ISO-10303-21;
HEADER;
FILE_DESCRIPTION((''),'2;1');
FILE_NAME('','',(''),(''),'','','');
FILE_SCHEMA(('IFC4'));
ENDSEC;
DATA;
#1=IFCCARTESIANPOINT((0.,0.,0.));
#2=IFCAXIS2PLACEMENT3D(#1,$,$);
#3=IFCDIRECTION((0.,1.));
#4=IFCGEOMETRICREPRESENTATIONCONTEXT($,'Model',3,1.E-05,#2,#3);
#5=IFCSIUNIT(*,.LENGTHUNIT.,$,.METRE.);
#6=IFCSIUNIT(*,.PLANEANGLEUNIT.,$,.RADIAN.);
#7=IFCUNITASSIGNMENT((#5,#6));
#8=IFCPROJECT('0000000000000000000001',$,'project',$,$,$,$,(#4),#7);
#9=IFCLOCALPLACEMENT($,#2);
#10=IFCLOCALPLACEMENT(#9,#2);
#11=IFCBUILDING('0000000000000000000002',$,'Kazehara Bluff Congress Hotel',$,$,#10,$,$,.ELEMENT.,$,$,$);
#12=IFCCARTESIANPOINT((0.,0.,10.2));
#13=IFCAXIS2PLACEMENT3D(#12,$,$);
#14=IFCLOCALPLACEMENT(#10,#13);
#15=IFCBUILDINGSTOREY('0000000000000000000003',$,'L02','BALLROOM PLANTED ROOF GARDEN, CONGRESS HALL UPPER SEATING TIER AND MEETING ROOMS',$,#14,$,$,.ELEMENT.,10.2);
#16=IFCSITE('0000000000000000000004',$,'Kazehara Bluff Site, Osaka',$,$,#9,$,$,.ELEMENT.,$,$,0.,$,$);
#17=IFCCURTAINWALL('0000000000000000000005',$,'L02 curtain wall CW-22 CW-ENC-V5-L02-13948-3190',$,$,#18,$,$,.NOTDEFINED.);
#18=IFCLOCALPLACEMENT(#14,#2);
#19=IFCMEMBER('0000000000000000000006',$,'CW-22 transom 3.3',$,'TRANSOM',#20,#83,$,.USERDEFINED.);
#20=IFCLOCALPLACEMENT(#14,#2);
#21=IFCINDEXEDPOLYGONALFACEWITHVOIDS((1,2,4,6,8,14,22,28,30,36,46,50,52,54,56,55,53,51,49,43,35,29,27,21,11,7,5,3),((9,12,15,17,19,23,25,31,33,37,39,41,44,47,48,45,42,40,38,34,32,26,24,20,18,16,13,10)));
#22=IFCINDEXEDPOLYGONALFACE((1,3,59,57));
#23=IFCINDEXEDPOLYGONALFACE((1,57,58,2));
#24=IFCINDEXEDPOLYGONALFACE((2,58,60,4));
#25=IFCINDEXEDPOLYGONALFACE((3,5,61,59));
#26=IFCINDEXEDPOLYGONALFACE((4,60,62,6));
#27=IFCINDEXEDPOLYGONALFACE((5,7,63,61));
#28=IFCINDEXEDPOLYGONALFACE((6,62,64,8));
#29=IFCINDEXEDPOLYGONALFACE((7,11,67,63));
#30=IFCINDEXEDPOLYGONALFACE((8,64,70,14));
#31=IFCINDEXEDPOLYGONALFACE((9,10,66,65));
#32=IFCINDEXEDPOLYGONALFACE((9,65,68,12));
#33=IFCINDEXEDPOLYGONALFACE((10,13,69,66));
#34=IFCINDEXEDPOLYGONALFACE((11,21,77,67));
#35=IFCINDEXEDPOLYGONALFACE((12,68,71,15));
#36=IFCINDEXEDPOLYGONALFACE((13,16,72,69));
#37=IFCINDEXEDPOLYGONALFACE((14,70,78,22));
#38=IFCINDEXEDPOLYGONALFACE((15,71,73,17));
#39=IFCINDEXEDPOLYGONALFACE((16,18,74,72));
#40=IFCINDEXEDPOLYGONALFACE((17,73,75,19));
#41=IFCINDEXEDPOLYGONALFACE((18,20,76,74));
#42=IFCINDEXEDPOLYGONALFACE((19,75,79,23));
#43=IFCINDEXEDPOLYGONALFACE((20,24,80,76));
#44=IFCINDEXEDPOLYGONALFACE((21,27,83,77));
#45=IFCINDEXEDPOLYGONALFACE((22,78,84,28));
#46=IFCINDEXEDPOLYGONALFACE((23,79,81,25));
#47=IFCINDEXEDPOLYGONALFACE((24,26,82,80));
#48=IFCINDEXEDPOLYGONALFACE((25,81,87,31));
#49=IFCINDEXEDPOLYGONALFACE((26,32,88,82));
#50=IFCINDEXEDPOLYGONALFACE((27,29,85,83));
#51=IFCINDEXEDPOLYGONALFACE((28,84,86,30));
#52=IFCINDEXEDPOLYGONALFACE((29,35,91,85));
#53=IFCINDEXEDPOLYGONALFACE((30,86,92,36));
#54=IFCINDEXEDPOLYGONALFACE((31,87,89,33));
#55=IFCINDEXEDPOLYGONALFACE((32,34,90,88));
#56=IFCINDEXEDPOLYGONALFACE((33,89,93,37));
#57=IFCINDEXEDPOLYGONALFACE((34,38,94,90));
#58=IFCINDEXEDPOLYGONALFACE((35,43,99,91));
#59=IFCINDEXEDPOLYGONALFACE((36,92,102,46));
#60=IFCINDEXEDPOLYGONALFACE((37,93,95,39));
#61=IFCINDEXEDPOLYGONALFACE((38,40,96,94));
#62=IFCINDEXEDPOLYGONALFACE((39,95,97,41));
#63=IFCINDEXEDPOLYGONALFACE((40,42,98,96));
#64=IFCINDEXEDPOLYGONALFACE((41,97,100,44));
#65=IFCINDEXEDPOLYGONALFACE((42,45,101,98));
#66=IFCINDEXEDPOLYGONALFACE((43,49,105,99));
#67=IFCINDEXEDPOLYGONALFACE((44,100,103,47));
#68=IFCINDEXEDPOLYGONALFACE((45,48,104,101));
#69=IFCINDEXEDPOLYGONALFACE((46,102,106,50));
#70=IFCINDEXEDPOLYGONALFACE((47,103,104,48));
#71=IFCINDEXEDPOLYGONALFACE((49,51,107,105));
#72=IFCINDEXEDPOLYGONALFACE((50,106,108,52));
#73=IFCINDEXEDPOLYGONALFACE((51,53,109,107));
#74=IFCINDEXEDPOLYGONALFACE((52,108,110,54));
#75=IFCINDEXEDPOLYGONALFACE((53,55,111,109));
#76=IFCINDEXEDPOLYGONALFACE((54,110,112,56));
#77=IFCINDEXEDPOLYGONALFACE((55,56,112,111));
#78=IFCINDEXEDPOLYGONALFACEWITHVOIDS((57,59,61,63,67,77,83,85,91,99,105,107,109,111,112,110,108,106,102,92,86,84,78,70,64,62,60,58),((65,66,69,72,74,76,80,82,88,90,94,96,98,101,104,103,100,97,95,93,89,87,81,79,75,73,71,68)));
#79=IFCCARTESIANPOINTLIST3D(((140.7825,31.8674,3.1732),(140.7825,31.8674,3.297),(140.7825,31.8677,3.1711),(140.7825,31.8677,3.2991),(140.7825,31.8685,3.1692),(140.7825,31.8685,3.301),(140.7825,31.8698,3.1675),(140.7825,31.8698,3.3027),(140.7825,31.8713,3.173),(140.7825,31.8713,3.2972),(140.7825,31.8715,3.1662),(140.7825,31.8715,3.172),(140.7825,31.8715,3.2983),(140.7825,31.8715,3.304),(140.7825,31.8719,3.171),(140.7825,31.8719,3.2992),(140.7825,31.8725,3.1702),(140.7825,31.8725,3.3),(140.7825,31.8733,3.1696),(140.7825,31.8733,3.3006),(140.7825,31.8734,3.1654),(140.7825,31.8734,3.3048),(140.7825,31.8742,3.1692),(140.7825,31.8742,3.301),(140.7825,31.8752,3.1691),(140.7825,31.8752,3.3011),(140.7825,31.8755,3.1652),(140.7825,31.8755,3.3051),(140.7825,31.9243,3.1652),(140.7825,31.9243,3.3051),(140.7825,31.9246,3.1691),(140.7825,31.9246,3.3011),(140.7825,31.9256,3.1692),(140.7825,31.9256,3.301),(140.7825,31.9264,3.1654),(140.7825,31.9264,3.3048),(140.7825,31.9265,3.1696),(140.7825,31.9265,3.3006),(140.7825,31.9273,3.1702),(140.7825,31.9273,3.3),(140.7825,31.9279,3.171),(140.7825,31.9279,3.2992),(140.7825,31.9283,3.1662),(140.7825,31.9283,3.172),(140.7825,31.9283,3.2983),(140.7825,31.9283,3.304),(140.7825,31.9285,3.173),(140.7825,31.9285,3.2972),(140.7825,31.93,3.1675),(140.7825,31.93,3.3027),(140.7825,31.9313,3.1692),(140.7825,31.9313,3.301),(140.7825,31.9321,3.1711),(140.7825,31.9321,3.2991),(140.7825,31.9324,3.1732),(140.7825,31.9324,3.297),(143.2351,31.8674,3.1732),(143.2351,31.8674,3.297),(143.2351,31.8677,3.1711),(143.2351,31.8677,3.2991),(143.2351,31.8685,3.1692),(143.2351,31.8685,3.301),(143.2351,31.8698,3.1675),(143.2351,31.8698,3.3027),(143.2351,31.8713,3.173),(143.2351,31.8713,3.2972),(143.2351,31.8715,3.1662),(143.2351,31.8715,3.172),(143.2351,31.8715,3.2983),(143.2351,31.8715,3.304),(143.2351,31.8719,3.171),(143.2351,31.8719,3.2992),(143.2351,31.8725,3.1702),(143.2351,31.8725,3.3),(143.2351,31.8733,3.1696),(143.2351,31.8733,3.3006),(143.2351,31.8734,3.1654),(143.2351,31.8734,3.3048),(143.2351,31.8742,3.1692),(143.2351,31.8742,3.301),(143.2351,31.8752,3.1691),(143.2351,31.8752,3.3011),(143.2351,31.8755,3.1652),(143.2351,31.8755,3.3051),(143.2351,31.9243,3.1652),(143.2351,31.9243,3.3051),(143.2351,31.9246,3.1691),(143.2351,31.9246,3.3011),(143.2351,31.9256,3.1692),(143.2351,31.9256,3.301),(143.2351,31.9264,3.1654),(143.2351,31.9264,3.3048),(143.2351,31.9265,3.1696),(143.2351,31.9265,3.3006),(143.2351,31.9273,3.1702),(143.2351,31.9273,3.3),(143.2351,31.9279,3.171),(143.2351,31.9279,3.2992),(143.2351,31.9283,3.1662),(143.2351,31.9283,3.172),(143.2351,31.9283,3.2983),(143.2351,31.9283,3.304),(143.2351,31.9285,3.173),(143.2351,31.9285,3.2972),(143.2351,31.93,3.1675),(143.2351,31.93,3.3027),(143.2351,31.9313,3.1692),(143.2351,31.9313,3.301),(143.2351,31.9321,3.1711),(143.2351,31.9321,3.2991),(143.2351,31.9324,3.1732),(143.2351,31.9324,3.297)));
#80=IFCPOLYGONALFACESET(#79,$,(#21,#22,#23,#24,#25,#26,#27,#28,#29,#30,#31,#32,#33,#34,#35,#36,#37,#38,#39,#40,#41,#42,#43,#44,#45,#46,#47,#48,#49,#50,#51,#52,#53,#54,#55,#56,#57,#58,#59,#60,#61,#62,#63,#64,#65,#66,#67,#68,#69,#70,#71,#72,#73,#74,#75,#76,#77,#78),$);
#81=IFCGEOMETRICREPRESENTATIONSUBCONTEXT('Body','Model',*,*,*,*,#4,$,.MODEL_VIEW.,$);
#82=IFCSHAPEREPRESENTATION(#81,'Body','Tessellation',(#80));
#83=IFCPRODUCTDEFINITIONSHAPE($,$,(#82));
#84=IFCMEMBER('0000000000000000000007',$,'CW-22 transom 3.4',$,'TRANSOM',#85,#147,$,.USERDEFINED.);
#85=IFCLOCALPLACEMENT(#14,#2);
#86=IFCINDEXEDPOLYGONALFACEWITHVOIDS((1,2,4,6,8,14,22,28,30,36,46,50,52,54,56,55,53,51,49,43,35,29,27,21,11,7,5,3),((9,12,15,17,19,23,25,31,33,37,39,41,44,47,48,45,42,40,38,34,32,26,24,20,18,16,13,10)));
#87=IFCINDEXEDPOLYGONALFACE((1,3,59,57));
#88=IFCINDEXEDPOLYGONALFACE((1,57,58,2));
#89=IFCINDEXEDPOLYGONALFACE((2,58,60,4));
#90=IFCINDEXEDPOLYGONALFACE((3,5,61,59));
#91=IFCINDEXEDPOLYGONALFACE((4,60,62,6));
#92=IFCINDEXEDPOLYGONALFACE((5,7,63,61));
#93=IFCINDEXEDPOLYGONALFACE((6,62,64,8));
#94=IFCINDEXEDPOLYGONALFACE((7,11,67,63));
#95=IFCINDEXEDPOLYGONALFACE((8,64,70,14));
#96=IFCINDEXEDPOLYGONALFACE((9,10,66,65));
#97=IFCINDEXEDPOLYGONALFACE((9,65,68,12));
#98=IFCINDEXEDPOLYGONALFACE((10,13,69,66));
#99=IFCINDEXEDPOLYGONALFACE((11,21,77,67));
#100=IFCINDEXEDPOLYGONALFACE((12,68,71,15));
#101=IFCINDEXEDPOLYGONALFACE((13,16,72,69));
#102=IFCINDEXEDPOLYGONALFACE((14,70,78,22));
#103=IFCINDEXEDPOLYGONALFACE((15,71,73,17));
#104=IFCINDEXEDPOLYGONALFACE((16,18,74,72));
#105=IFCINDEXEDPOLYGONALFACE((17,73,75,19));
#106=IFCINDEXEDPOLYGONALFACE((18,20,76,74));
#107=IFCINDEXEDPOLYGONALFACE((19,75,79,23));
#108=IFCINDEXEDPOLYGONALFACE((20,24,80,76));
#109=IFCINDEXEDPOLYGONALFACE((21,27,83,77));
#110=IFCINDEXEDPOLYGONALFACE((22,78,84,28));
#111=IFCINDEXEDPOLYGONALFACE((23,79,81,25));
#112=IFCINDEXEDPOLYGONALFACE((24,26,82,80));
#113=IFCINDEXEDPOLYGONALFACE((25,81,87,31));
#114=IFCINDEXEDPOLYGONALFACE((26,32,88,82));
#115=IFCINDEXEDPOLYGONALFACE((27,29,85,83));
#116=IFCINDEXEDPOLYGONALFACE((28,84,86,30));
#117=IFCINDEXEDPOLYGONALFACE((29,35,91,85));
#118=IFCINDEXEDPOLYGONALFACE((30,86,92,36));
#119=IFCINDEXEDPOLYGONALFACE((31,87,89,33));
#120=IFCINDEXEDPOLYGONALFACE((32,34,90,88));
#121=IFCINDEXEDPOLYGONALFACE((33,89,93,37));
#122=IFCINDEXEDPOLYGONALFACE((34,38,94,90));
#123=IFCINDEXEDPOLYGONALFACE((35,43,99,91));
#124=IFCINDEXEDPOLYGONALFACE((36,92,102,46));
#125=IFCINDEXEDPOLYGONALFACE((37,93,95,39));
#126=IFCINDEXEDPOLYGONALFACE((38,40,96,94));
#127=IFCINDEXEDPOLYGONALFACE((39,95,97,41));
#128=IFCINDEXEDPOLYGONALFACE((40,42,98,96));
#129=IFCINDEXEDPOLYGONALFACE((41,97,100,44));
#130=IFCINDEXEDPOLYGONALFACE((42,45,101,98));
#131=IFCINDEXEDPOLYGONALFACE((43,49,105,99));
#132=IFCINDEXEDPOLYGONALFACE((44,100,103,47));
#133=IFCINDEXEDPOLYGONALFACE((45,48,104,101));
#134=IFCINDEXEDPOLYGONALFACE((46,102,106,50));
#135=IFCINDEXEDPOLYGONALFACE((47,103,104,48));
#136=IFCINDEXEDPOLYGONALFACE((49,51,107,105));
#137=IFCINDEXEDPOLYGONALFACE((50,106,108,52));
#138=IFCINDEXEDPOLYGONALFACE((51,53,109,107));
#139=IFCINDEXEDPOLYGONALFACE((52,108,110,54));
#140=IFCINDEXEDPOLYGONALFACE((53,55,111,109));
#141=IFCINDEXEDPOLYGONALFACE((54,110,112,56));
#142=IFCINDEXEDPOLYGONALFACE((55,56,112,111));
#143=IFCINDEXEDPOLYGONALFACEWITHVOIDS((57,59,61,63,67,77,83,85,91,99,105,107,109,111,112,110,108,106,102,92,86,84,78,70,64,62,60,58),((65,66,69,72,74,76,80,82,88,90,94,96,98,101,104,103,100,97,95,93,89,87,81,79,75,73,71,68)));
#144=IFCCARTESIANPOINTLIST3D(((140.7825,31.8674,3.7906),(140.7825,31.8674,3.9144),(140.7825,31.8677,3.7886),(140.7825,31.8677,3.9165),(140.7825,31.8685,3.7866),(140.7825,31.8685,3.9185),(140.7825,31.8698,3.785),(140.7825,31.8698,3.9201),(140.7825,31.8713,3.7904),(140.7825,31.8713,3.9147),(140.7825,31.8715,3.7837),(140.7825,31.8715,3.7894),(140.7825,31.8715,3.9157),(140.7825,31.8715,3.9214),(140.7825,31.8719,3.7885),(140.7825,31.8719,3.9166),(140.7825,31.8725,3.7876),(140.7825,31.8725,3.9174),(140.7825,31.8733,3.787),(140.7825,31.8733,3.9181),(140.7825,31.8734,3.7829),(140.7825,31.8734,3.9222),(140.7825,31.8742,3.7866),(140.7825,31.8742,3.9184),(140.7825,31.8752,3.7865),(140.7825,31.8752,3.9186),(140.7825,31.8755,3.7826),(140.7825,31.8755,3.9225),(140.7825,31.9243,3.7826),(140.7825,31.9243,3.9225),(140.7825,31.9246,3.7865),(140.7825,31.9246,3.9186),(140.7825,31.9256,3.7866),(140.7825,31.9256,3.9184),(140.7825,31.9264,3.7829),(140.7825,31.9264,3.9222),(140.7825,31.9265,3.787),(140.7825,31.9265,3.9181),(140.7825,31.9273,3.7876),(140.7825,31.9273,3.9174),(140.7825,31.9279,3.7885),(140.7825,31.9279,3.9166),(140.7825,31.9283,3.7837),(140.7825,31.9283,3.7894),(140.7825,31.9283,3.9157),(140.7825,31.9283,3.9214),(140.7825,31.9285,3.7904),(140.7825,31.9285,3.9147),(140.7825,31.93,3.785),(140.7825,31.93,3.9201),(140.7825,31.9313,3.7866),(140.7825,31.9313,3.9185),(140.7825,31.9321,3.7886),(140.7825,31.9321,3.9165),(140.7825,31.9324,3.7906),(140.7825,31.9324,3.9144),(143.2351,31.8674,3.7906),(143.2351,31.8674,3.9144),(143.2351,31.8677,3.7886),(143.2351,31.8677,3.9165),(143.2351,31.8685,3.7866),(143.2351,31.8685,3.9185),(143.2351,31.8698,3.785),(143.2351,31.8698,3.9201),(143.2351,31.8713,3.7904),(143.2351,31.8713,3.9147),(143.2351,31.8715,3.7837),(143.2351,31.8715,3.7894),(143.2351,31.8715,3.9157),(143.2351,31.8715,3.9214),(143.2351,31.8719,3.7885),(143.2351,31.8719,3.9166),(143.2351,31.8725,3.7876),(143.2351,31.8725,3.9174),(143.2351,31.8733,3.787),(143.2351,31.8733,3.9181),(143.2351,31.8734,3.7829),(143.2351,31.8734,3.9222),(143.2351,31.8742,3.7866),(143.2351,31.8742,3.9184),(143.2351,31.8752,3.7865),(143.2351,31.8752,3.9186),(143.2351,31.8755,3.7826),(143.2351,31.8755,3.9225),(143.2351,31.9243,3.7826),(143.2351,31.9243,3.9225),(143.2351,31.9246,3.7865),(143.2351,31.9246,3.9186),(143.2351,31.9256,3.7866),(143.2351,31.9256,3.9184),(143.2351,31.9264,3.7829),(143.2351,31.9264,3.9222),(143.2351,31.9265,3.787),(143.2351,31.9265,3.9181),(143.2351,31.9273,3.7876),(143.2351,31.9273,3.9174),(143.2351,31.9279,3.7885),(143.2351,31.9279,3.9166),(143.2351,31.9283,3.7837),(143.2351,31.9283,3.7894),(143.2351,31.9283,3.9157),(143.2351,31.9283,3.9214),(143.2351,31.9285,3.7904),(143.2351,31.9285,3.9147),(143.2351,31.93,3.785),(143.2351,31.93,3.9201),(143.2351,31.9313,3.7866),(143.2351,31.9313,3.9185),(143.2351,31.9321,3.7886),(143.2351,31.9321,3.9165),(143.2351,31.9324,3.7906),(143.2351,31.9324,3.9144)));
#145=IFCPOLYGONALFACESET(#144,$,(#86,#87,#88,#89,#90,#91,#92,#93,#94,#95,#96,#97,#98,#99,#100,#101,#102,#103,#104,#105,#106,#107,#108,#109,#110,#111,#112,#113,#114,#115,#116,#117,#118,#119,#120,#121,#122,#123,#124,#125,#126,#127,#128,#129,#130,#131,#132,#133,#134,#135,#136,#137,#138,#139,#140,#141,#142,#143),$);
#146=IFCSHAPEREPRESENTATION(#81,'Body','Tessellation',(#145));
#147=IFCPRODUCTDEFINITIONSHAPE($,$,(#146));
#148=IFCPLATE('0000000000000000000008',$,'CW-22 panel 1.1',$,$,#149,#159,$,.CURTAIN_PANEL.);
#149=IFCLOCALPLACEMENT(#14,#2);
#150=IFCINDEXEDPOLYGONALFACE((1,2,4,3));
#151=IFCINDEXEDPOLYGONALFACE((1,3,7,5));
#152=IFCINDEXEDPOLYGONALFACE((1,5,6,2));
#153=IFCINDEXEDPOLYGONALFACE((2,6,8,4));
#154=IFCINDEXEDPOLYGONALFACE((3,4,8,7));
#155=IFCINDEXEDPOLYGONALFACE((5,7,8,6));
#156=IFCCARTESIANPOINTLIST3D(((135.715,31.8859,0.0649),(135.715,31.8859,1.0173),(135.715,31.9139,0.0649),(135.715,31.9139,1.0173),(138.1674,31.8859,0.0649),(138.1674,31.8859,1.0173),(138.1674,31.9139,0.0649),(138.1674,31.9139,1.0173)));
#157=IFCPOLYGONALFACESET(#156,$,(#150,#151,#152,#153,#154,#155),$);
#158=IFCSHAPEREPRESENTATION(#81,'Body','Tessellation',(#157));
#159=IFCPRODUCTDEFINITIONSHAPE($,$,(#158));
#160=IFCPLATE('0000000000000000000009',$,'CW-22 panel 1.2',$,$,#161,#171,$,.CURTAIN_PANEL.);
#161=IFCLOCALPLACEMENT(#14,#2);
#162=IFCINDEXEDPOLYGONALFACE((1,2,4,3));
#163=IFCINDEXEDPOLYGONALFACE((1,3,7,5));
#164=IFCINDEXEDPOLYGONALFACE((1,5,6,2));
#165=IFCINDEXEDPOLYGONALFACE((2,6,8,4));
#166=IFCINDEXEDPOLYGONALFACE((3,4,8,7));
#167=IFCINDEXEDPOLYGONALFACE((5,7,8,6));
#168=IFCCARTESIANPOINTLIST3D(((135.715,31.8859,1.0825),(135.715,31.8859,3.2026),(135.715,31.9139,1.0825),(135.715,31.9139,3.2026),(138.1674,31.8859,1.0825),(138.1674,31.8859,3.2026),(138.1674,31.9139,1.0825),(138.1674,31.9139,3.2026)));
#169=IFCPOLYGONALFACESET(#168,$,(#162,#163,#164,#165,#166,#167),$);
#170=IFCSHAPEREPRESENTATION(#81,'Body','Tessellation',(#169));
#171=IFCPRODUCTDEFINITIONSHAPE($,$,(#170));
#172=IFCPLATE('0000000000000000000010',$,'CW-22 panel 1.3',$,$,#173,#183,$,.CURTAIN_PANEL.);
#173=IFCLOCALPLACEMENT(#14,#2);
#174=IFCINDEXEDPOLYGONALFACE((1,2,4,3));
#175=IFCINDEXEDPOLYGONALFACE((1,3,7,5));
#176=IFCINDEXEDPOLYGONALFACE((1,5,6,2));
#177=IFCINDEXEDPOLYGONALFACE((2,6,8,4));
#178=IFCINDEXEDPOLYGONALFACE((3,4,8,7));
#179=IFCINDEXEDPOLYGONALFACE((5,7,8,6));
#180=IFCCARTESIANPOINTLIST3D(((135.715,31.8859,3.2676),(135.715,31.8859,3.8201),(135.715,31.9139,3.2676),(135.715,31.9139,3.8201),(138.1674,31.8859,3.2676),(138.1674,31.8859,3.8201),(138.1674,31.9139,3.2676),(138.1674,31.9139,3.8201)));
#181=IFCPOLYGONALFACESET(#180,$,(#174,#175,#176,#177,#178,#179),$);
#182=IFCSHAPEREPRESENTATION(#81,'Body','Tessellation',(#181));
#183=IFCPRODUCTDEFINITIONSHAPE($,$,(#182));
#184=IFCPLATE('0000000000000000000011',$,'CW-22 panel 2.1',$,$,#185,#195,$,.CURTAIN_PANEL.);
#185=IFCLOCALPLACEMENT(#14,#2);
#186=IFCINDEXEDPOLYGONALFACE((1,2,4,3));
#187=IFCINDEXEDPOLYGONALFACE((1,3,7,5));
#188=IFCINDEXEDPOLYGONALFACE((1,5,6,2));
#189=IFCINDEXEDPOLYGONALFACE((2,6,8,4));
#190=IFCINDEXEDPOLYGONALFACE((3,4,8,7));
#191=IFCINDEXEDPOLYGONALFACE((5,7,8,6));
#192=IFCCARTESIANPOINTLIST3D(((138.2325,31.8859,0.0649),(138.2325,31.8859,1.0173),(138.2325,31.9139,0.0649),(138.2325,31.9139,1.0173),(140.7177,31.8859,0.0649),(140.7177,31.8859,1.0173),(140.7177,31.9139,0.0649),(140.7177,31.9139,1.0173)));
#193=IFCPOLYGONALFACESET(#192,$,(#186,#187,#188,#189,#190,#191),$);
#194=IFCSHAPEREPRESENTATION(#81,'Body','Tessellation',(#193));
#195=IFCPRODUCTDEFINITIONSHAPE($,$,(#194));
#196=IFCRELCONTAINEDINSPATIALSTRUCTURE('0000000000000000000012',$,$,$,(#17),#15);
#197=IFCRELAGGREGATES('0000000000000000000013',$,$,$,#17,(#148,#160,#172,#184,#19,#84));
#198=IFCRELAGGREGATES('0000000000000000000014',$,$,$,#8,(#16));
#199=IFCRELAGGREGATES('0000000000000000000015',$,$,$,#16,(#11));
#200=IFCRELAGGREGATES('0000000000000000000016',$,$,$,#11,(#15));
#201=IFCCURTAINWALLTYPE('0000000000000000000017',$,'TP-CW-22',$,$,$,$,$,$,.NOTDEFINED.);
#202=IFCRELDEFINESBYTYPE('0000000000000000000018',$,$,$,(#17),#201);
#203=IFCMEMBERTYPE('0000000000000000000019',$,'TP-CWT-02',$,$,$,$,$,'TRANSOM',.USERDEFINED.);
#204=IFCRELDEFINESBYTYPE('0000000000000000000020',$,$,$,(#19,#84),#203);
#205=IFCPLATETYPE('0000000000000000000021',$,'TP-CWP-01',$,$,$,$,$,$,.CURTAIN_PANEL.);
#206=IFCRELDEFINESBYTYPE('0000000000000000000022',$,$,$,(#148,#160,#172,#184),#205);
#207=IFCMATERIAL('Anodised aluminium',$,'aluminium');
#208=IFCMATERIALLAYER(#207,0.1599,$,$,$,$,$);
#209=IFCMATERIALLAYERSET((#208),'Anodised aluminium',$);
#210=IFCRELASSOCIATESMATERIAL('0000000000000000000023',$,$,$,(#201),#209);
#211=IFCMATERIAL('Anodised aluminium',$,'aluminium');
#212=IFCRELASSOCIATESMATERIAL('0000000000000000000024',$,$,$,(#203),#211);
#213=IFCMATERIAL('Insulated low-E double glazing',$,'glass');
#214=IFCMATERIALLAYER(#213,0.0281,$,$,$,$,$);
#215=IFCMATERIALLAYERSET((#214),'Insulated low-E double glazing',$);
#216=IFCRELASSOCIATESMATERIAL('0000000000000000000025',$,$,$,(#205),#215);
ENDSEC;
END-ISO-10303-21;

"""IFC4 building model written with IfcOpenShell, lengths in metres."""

from ifc_helpers import new_model, si_unit, direction, frame, origin, origin_2d, place, context, subcontext, project, spatial, rectangle, hollow_rectangle, extrude, material, layer, layer_set, material_profile, profile_set, type_object, element, aggregate, save


model = new_model("IFC4")

# Units and contexts
model_context = context("Model", 3, precision=1e-05, world=origin(), true_north=direction((0.0, 1.0)))
body_context = subcontext(model_context, "Body", "Model", "MODEL_VIEW")
ifc_project = project(units=[si_unit("LENGTHUNIT", "METRE"), si_unit("PLANEANGLEUNIT", "RADIAN")], contexts=[model_context])

# Site, building, storey
site_placement = place(None, origin())
site = spatial("IfcSite", under=ifc_project, at=site_placement, Name="Kazehara Bluff Site, Osaka", CompositionType="ELEMENT", RefElevation=0.0)
building_placement = place(site_placement, origin())
building = spatial("IfcBuilding", under=site, at=building_placement, Name="Kazehara Bluff Congress Hotel", CompositionType="ELEMENT")
storey_placement = place(building_placement, frame((0.0, 0.0, 10.2)))
storey = spatial("IfcBuildingStorey", under=building, at=storey_placement, Name="L02", Description="BALLROOM PLANTED ROOF GARDEN, CONGRESS HALL UPPER SEATING TIER AND MEETING ROOMS", CompositionType="ELEMENT", Elevation=10.2)

# Shared definitions
ifc_material_1 = material(Name="Anodised aluminium", Category="aluminium")
ifc_layer_1 = layer(ifc_material_1, 0.1599)
ifc_layer_set_1 = layer_set([ifc_layer_1], Name="Anodised aluminium")
curtain_wall_type = type_object("IfcCurtainWallType", Name="TP-CW-22", PredefinedType="NOTDEFINED", material=ifc_layer_set_1)

# Curtain wall, members, plates
curtain_wall_1_placement = place(storey_placement, origin())
curtain_wall_1 = element("IfcCurtainWall", 1, at=curtain_wall_1_placement, inside=storey, type_object=curtain_wall_type, Name="L02 curtain wall CW-22 CW-ENC-V5-L02-13948-3190", PredefinedType="NOTDEFINED")
ifc_material_2 = material(Name="Anodised aluminium", Category="aluminium")
ifc_material_profile_1 = material_profile(ifc_material_2, hollow_rectangle(XDim=0.0649, YDim=0.1399, WallThickness=0.0039, InnerFilletRadius=0.0039, OuterFilletRadius=0.0081, at=origin_2d()))
ifc_profile_set_1 = profile_set([ifc_material_profile_1], Name="Anodised aluminium")
member_type_1 = type_object("IfcMemberType", Name="TP-CWT-02", ElementType="TRANSOM", PredefinedType="USERDEFINED", material=ifc_profile_set_1)
member_1_placement = place(storey_placement, frame((140.7825, 31.8999, 3.2351), z_axis=(1.0, 0.0, 0.0), x_axis=(0.0, 1.0, 0.0)))
member_1 = element("IfcMember", 2, at=member_1_placement, type_object=member_type_1, Name="CW-22 transom 3.3", ObjectType="TRANSOM", PredefinedType="USERDEFINED", context=body_context, shape_type="SweptSolid", body=[
    extrude(hollow_rectangle(XDim=0.0649, YDim=0.1399, WallThickness=0.0039, InnerFilletRadius=0.0039, OuterFilletRadius=0.0081, at=origin_2d()), origin(), (0.0, 0.0, 1.0), 2.4526),
])
member_2_placement = place(storey_placement, frame((140.7825, 31.8999, 3.8525), z_axis=(1.0, 0.0, 0.0), x_axis=(0.0, 1.0, 0.0)))
member_2 = element("IfcMember", 3, at=member_2_placement, type_object=member_type_1, Name="CW-22 transom 3.4", ObjectType="TRANSOM", PredefinedType="USERDEFINED", context=body_context, shape_type="SweptSolid", body=[
    extrude(hollow_rectangle(XDim=0.0649, YDim=0.1399, WallThickness=0.0039, InnerFilletRadius=0.0039, OuterFilletRadius=0.0081, at=origin_2d()), origin(), (0.0, 0.0, 1.0), 2.4526),
])
ifc_material_3 = material(Name="Insulated low-E double glazing", Category="glass")
ifc_layer_2 = layer(ifc_material_3, 0.0281)
ifc_layer_set_2 = layer_set([ifc_layer_2], Name="Insulated low-E double glazing")
plate_type = type_object("IfcPlateType", Name="TP-CWP-01", PredefinedType="CURTAIN_PANEL", material=ifc_layer_set_2)
plate_1_placement = place(storey_placement, frame((136.9412, 31.8999, 0.0649), z_axis=(0.0, 0.0, 1.0), x_axis=(1.0, 0.0, 0.0)))
plate_1 = element("IfcPlate", 4, at=plate_1_placement, type_object=plate_type, Name="CW-22 panel 1.1", PredefinedType="CURTAIN_PANEL", context=body_context, shape_type="SweptSolid", body=[
    extrude(rectangle(XDim=2.4524, YDim=0.0281, at=origin_2d()), origin(), (0.0, 0.0, 1.0), 0.9524),
])
plate_2_placement = place(storey_placement, frame((136.9412, 31.8999, 1.0825), z_axis=(0.0, 0.0, 1.0), x_axis=(1.0, 0.0, 0.0)))
plate_2 = element("IfcPlate", 5, at=plate_2_placement, type_object=plate_type, Name="CW-22 panel 1.2", PredefinedType="CURTAIN_PANEL", context=body_context, shape_type="SweptSolid", body=[
    extrude(rectangle(XDim=2.4524, YDim=0.0281, at=origin_2d()), origin(), (0.0, 0.0, 1.0), 2.1201),
])
plate_3_placement = place(storey_placement, frame((136.9412, 31.8999, 3.2676), z_axis=(0.0, 0.0, 1.0), x_axis=(1.0, 0.0, 0.0)))
plate_3 = element("IfcPlate", 6, at=plate_3_placement, type_object=plate_type, Name="CW-22 panel 1.3", PredefinedType="CURTAIN_PANEL", context=body_context, shape_type="SweptSolid", body=[
    extrude(rectangle(XDim=2.4524, YDim=0.0281, at=origin_2d()), origin(), (0.0, 0.0, 1.0), 0.5525),
])
plate_4_placement = place(storey_placement, frame((139.4751, 31.8999, 0.0649), z_axis=(0.0, 0.0, 1.0), x_axis=(1.0, 0.0, 0.0)))
plate_4 = element("IfcPlate", 7, at=plate_4_placement, type_object=plate_type, Name="CW-22 panel 2.1", PredefinedType="CURTAIN_PANEL", context=body_context, shape_type="SweptSolid", body=[
    extrude(rectangle(XDim=2.4851, YDim=0.0281, at=origin_2d()), origin(), (0.0, 0.0, 1.0), 0.9524),
])
aggregate(curtain_wall_1, [plate_1, plate_2, plate_3, plate_4, member_1, member_2])

save(model, "model.ifc")
